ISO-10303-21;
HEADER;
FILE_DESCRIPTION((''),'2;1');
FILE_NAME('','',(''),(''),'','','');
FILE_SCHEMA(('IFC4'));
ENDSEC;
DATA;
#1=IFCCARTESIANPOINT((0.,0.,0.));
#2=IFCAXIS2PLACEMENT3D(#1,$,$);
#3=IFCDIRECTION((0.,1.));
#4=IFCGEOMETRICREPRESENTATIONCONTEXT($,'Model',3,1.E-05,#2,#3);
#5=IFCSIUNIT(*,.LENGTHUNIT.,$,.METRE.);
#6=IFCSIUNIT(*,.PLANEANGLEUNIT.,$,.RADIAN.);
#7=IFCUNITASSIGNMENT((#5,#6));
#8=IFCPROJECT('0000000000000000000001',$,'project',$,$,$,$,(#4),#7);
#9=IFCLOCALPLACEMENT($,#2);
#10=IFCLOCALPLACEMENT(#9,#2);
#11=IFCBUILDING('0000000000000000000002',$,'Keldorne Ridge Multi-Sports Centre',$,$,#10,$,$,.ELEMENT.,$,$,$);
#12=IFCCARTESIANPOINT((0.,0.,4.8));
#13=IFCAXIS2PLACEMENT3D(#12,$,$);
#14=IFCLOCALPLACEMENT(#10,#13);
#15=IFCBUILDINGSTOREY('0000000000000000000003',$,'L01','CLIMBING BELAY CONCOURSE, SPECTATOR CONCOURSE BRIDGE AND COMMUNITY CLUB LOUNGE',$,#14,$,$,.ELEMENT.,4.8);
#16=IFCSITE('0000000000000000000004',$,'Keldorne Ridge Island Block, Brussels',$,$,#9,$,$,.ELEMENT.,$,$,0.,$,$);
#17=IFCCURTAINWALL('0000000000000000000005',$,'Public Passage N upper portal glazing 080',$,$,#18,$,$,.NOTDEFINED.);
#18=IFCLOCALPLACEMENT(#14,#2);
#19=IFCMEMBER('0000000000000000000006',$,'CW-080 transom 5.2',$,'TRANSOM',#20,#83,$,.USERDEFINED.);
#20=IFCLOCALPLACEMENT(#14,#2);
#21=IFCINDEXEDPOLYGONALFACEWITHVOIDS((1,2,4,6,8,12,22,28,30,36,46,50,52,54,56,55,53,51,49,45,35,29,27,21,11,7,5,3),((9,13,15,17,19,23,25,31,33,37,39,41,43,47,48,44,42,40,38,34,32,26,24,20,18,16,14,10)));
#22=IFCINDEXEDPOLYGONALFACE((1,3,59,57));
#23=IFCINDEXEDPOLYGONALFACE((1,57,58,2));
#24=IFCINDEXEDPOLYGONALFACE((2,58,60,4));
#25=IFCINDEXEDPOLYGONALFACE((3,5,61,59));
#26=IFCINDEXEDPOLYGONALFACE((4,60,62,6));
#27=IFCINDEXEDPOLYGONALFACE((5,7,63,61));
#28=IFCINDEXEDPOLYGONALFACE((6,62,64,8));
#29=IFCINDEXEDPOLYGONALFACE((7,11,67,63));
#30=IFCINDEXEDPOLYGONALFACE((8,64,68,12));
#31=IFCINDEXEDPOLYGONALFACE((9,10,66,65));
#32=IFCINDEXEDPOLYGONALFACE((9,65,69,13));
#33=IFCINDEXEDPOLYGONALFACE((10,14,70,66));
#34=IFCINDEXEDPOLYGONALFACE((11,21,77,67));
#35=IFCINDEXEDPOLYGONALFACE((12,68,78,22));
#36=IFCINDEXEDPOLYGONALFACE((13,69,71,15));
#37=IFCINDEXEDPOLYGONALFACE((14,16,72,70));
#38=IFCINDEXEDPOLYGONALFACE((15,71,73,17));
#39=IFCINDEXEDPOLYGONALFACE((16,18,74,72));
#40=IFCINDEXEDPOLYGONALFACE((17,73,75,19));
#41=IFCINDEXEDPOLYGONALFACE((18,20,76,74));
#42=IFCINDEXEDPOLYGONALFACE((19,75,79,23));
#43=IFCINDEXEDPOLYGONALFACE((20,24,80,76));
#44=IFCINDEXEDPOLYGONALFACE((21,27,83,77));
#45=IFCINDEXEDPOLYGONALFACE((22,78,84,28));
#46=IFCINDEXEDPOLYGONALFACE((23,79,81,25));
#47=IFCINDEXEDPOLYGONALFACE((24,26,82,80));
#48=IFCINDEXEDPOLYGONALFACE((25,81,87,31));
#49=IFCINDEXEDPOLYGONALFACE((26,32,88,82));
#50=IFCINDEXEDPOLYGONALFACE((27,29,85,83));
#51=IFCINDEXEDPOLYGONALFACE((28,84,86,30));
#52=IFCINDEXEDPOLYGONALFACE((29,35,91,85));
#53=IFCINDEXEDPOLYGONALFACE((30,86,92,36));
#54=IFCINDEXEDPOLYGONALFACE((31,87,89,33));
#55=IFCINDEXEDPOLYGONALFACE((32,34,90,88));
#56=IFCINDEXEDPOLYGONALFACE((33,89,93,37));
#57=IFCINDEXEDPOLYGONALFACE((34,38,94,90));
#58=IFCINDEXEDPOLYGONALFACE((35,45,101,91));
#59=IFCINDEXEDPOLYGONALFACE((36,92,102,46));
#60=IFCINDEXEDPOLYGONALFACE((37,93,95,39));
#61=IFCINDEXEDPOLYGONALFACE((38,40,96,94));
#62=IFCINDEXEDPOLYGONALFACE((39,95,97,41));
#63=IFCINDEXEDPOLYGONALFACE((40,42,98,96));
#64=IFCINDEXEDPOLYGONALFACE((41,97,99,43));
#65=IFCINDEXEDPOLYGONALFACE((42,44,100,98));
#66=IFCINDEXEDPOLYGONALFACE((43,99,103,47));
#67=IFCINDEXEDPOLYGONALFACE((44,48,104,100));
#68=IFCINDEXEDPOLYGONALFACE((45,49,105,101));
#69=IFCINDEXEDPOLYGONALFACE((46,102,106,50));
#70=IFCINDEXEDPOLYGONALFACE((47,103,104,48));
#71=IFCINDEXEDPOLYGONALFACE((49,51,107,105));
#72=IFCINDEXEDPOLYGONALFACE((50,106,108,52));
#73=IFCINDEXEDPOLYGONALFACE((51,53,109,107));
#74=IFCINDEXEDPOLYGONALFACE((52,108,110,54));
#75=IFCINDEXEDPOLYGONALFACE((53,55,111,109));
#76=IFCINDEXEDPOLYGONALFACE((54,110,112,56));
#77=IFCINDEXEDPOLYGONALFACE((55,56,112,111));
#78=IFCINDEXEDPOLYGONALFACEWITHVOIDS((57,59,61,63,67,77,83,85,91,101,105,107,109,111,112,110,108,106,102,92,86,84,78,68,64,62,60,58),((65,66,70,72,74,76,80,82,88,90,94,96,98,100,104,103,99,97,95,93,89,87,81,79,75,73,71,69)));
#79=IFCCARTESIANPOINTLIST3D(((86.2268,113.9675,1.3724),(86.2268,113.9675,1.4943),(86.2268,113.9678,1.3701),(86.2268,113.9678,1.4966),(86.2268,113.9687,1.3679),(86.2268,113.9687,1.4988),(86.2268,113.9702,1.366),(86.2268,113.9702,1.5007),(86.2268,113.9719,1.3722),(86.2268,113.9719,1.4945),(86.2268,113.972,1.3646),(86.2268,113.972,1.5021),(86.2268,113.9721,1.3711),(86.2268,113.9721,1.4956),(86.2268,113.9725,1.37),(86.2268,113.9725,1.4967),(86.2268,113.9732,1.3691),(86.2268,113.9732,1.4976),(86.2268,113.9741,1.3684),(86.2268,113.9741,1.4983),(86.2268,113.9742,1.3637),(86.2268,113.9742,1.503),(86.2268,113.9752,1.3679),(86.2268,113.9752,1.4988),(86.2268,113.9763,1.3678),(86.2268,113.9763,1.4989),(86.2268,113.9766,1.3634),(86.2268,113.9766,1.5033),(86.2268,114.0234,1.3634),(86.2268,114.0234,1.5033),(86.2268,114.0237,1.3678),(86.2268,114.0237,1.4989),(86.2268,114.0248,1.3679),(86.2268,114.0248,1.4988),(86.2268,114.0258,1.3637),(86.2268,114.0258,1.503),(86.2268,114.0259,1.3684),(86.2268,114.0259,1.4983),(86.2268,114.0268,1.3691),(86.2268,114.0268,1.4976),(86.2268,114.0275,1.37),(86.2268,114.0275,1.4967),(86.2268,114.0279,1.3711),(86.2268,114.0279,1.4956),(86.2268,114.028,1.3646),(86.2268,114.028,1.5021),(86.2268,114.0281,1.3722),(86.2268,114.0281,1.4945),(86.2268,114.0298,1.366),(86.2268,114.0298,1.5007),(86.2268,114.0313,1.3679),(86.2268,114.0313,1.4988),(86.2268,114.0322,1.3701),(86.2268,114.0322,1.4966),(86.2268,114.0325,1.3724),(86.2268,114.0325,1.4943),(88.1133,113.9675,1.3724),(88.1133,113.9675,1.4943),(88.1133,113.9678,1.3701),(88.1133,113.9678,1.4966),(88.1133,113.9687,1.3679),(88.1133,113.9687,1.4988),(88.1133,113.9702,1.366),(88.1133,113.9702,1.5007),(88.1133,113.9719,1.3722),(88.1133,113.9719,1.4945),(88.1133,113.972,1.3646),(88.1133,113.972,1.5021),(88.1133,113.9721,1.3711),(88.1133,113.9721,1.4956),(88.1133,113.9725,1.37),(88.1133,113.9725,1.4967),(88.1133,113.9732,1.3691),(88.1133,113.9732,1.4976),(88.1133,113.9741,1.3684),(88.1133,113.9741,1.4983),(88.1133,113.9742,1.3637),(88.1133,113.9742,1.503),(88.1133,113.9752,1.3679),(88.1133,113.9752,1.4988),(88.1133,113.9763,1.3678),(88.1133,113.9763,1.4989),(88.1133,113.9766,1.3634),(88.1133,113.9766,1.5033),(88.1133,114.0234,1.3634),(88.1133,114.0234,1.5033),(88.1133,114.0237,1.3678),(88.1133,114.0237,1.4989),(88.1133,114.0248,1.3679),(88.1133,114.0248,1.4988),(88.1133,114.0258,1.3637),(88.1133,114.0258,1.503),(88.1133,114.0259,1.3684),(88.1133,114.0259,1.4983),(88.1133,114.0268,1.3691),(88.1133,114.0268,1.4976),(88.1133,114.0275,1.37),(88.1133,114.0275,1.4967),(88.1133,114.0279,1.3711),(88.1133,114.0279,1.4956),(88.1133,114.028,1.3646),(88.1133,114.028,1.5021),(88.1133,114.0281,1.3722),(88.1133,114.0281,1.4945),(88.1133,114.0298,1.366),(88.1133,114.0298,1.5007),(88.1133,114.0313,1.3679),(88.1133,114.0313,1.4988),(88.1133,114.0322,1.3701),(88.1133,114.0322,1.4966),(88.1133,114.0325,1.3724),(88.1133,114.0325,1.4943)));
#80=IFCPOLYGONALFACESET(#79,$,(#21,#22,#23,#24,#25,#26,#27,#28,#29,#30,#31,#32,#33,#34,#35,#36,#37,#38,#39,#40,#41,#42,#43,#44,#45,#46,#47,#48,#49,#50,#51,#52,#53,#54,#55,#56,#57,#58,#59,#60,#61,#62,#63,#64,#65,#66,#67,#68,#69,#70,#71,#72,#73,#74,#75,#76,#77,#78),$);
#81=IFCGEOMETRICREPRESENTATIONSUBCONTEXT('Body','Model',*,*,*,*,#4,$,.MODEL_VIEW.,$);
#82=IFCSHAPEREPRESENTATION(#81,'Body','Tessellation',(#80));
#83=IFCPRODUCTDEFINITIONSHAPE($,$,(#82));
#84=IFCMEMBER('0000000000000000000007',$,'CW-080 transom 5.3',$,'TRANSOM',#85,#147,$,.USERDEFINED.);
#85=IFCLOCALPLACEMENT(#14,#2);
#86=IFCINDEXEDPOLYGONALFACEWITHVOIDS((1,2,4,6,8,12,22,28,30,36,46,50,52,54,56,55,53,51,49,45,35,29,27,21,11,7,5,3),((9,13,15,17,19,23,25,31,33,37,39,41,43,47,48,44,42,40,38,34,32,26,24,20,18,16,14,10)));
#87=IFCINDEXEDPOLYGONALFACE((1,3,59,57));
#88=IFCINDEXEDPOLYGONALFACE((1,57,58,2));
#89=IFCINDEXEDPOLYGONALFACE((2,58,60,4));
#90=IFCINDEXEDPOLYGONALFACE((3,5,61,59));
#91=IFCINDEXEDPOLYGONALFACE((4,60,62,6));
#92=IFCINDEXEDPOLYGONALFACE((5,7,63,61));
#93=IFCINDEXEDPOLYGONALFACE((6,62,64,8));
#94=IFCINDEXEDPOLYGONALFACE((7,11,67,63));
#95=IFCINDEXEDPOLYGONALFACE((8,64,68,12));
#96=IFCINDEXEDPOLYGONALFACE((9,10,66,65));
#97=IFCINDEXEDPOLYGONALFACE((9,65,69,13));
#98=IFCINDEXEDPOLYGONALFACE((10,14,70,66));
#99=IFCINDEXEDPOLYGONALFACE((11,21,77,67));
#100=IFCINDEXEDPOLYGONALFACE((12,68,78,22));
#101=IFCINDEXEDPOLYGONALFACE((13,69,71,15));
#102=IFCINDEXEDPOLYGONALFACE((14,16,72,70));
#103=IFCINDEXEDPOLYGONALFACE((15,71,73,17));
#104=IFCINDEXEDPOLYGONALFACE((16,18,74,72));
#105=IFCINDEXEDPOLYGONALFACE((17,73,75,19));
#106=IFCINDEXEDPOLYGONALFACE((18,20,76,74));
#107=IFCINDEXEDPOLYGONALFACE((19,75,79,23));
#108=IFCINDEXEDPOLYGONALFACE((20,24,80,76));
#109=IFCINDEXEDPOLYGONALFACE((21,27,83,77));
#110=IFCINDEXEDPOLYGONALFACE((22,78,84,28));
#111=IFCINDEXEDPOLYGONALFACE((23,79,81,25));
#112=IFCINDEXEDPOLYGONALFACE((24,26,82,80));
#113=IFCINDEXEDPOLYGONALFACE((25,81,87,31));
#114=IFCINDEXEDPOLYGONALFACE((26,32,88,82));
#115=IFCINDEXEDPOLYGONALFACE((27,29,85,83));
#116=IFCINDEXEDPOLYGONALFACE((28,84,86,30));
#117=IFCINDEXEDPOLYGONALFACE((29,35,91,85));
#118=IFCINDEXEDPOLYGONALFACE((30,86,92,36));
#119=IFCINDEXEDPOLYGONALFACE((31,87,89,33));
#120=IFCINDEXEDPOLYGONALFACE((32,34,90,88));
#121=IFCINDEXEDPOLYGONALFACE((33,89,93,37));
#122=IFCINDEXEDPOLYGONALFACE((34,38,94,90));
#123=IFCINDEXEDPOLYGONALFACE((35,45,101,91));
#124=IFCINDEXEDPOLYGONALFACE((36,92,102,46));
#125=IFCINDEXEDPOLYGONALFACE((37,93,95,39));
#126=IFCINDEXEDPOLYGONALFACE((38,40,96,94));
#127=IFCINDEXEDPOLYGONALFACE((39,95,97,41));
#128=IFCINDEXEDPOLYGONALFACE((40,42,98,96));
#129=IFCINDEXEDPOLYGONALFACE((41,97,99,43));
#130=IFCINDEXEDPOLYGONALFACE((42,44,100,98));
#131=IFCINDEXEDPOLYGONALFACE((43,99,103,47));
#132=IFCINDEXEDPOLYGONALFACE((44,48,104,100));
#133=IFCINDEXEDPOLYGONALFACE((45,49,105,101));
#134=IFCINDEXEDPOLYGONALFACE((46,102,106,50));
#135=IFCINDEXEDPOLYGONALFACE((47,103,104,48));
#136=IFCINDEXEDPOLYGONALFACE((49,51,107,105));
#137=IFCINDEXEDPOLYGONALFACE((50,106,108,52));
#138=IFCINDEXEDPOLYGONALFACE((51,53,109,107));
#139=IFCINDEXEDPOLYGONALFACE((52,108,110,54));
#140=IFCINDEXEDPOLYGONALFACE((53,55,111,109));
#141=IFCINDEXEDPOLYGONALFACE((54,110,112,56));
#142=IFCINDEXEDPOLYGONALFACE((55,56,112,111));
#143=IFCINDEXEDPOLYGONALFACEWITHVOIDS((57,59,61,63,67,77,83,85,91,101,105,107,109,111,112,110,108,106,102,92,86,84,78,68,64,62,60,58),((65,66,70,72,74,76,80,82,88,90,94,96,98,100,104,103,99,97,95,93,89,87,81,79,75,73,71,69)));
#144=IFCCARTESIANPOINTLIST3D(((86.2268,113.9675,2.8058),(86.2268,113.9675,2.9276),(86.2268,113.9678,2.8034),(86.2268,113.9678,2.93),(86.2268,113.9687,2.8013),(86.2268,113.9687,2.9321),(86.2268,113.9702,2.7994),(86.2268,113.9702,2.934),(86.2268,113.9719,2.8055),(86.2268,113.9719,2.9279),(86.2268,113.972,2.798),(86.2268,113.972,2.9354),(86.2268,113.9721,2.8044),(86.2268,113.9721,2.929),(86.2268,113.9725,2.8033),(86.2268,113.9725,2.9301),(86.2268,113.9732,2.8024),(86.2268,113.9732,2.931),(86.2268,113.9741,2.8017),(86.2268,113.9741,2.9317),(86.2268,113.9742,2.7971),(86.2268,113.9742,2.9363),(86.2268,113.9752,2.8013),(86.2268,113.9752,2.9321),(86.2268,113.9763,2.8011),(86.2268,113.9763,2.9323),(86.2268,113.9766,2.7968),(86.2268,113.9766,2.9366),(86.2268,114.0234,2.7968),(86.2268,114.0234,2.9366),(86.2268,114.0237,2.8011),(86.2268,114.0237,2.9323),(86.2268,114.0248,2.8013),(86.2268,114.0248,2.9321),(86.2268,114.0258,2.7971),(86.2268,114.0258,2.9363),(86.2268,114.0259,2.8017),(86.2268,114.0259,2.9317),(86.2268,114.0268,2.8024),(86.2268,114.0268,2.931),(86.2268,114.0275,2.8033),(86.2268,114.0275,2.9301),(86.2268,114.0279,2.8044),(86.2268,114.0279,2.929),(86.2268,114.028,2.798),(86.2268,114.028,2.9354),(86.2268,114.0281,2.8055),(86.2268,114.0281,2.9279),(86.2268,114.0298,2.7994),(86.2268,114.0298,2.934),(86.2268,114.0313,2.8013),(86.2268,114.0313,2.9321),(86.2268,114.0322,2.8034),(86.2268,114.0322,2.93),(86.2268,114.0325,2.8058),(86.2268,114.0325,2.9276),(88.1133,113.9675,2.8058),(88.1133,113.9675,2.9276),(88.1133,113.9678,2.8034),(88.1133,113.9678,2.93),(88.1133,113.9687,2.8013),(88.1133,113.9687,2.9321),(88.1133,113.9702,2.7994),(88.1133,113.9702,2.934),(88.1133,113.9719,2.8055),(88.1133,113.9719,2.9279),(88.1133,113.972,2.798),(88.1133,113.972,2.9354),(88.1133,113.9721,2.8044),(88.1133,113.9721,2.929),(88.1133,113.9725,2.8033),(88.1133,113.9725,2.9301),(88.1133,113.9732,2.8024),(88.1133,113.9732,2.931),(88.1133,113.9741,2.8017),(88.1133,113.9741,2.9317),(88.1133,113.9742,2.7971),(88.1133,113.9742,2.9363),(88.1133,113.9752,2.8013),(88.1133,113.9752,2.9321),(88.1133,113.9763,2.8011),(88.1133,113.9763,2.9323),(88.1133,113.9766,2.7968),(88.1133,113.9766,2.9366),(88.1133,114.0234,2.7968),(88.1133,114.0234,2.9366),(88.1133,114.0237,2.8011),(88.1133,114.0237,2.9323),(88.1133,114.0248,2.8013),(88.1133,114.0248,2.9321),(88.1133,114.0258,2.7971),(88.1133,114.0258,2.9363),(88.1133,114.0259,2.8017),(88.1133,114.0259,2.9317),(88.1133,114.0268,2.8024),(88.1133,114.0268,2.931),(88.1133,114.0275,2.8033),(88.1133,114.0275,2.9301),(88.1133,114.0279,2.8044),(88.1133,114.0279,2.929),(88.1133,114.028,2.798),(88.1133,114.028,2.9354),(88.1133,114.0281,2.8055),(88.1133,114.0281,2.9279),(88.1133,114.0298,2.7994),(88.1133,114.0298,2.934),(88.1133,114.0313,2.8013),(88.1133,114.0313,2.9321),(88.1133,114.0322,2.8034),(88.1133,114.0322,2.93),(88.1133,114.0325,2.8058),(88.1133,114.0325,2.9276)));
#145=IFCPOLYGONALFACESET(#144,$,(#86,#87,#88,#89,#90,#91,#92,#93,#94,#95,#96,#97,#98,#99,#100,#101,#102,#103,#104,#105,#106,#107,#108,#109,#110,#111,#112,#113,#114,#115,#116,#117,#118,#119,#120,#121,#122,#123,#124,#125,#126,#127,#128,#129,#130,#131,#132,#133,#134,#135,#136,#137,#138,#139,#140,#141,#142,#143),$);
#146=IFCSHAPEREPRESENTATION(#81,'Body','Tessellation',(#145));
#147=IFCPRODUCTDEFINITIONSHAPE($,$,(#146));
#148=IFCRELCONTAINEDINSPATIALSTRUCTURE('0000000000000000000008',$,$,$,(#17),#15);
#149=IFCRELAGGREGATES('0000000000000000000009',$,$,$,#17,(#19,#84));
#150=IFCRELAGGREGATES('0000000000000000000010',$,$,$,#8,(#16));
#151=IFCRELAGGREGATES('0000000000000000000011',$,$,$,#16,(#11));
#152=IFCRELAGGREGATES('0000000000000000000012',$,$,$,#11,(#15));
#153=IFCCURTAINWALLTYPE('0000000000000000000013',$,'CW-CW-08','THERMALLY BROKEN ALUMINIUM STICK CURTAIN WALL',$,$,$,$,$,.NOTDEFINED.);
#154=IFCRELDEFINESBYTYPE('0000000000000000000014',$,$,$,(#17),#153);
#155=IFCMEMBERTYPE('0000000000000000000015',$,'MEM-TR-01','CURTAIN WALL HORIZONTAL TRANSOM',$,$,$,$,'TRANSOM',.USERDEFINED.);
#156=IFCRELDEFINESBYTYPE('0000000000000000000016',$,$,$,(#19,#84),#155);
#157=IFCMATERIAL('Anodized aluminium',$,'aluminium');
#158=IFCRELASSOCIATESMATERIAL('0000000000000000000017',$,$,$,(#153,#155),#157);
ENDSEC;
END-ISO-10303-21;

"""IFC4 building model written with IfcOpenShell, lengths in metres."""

from ifc_helpers import new_model, si_unit, direction, frame, origin, origin_2d, place, context, subcontext, project, spatial, hollow_rectangle, extrude, material, material_profile, profile_set, type_object, element, aggregate, save


model = new_model("IFC4")

# Units and contexts
model_context = context("Model", 3, precision=1e-05, world=origin(), true_north=direction((0.0, 1.0)))
body_context = subcontext(model_context, "Body", "Model", "MODEL_VIEW")
ifc_project = project(units=[si_unit("LENGTHUNIT", "METRE"), si_unit("PLANEANGLEUNIT", "RADIAN")], contexts=[model_context])

# Site, building, storey
site_placement = place(None, origin())
site = spatial("IfcSite", under=ifc_project, at=site_placement, Name="Keldorne Ridge Island Block, Brussels", CompositionType="ELEMENT", RefElevation=0.0)
building_placement = place(site_placement, origin())
building = spatial("IfcBuilding", under=site, at=building_placement, Name="Keldorne Ridge Multi-Sports Centre", CompositionType="ELEMENT")
storey_placement = place(building_placement, frame((0.0, 0.0, 4.8)))
storey = spatial("IfcBuildingStorey", under=building, at=storey_placement, Name="L01", Description="CLIMBING BELAY CONCOURSE, SPECTATOR CONCOURSE BRIDGE AND COMMUNITY CLUB LOUNGE", CompositionType="ELEMENT", Elevation=4.8)

# Curtain wall, members
ifc_material_1 = material(Name="Anodized aluminium", Category="aluminium")
curtain_wall_type = type_object("IfcCurtainWallType", Name="CW-CW-08", Description="THERMALLY BROKEN ALUMINIUM STICK CURTAIN WALL", PredefinedType="NOTDEFINED", material=ifc_material_1)
curtain_wall_placement = place(storey_placement, origin())
curtain_wall = element("IfcCurtainWall", 1, at=curtain_wall_placement, inside=storey, type_object=curtain_wall_type, Name="Public Passage N upper portal glazing 080", PredefinedType="NOTDEFINED")
ifc_material_profile_1 = material_profile(ifc_material_1, hollow_rectangle(XDim=0.0649, YDim=0.1399, WallThickness=0.0044, InnerFilletRadius=0.0044, OuterFilletRadius=0.009, at=origin_2d()), Name="ALU TRANSOM 140x65x4.5")
ifc_profile_set_1 = profile_set([ifc_material_profile_1], Name="Anodized aluminium")
member_type_1 = type_object("IfcMemberType", Name="MEM-TR-01", Description="CURTAIN WALL HORIZONTAL TRANSOM", ElementType="TRANSOM", PredefinedType="USERDEFINED", material=ifc_profile_set_1)
member_1_placement = place(storey_placement, frame((88.1133, 114.0, 1.4333), z_axis=(-1.0, 0.0, 0.0), x_axis=(0.0, -1.0, 0.0)))
member_1 = element("IfcMember", 2, at=member_1_placement, type_object=member_type_1, Name="CW-080 transom 5.2", ObjectType="TRANSOM", PredefinedType="USERDEFINED", context=body_context, shape_type="SweptSolid", body=[
    extrude(hollow_rectangle(XDim=0.0649, YDim=0.1399, WallThickness=0.0044, InnerFilletRadius=0.0044, OuterFilletRadius=0.009, at=origin_2d()), origin(), (0.0, 0.0, 1.0), 1.8865),
])
member_2_placement = place(storey_placement, frame((88.1133, 114.0, 2.8667), z_axis=(-1.0, 0.0, 0.0), x_axis=(0.0, -1.0, 0.0)))
member_2 = element("IfcMember", 3, at=member_2_placement, type_object=member_type_1, Name="CW-080 transom 5.3", ObjectType="TRANSOM", PredefinedType="USERDEFINED", context=body_context, shape_type="SweptSolid", body=[
    extrude(hollow_rectangle(XDim=0.0649, YDim=0.1399, WallThickness=0.0044, InnerFilletRadius=0.0044, OuterFilletRadius=0.009, at=origin_2d()), origin(), (0.0, 0.0, 1.0), 1.8865),
])
aggregate(curtain_wall, [member_1, member_2])

save(model, "model.ifc")
